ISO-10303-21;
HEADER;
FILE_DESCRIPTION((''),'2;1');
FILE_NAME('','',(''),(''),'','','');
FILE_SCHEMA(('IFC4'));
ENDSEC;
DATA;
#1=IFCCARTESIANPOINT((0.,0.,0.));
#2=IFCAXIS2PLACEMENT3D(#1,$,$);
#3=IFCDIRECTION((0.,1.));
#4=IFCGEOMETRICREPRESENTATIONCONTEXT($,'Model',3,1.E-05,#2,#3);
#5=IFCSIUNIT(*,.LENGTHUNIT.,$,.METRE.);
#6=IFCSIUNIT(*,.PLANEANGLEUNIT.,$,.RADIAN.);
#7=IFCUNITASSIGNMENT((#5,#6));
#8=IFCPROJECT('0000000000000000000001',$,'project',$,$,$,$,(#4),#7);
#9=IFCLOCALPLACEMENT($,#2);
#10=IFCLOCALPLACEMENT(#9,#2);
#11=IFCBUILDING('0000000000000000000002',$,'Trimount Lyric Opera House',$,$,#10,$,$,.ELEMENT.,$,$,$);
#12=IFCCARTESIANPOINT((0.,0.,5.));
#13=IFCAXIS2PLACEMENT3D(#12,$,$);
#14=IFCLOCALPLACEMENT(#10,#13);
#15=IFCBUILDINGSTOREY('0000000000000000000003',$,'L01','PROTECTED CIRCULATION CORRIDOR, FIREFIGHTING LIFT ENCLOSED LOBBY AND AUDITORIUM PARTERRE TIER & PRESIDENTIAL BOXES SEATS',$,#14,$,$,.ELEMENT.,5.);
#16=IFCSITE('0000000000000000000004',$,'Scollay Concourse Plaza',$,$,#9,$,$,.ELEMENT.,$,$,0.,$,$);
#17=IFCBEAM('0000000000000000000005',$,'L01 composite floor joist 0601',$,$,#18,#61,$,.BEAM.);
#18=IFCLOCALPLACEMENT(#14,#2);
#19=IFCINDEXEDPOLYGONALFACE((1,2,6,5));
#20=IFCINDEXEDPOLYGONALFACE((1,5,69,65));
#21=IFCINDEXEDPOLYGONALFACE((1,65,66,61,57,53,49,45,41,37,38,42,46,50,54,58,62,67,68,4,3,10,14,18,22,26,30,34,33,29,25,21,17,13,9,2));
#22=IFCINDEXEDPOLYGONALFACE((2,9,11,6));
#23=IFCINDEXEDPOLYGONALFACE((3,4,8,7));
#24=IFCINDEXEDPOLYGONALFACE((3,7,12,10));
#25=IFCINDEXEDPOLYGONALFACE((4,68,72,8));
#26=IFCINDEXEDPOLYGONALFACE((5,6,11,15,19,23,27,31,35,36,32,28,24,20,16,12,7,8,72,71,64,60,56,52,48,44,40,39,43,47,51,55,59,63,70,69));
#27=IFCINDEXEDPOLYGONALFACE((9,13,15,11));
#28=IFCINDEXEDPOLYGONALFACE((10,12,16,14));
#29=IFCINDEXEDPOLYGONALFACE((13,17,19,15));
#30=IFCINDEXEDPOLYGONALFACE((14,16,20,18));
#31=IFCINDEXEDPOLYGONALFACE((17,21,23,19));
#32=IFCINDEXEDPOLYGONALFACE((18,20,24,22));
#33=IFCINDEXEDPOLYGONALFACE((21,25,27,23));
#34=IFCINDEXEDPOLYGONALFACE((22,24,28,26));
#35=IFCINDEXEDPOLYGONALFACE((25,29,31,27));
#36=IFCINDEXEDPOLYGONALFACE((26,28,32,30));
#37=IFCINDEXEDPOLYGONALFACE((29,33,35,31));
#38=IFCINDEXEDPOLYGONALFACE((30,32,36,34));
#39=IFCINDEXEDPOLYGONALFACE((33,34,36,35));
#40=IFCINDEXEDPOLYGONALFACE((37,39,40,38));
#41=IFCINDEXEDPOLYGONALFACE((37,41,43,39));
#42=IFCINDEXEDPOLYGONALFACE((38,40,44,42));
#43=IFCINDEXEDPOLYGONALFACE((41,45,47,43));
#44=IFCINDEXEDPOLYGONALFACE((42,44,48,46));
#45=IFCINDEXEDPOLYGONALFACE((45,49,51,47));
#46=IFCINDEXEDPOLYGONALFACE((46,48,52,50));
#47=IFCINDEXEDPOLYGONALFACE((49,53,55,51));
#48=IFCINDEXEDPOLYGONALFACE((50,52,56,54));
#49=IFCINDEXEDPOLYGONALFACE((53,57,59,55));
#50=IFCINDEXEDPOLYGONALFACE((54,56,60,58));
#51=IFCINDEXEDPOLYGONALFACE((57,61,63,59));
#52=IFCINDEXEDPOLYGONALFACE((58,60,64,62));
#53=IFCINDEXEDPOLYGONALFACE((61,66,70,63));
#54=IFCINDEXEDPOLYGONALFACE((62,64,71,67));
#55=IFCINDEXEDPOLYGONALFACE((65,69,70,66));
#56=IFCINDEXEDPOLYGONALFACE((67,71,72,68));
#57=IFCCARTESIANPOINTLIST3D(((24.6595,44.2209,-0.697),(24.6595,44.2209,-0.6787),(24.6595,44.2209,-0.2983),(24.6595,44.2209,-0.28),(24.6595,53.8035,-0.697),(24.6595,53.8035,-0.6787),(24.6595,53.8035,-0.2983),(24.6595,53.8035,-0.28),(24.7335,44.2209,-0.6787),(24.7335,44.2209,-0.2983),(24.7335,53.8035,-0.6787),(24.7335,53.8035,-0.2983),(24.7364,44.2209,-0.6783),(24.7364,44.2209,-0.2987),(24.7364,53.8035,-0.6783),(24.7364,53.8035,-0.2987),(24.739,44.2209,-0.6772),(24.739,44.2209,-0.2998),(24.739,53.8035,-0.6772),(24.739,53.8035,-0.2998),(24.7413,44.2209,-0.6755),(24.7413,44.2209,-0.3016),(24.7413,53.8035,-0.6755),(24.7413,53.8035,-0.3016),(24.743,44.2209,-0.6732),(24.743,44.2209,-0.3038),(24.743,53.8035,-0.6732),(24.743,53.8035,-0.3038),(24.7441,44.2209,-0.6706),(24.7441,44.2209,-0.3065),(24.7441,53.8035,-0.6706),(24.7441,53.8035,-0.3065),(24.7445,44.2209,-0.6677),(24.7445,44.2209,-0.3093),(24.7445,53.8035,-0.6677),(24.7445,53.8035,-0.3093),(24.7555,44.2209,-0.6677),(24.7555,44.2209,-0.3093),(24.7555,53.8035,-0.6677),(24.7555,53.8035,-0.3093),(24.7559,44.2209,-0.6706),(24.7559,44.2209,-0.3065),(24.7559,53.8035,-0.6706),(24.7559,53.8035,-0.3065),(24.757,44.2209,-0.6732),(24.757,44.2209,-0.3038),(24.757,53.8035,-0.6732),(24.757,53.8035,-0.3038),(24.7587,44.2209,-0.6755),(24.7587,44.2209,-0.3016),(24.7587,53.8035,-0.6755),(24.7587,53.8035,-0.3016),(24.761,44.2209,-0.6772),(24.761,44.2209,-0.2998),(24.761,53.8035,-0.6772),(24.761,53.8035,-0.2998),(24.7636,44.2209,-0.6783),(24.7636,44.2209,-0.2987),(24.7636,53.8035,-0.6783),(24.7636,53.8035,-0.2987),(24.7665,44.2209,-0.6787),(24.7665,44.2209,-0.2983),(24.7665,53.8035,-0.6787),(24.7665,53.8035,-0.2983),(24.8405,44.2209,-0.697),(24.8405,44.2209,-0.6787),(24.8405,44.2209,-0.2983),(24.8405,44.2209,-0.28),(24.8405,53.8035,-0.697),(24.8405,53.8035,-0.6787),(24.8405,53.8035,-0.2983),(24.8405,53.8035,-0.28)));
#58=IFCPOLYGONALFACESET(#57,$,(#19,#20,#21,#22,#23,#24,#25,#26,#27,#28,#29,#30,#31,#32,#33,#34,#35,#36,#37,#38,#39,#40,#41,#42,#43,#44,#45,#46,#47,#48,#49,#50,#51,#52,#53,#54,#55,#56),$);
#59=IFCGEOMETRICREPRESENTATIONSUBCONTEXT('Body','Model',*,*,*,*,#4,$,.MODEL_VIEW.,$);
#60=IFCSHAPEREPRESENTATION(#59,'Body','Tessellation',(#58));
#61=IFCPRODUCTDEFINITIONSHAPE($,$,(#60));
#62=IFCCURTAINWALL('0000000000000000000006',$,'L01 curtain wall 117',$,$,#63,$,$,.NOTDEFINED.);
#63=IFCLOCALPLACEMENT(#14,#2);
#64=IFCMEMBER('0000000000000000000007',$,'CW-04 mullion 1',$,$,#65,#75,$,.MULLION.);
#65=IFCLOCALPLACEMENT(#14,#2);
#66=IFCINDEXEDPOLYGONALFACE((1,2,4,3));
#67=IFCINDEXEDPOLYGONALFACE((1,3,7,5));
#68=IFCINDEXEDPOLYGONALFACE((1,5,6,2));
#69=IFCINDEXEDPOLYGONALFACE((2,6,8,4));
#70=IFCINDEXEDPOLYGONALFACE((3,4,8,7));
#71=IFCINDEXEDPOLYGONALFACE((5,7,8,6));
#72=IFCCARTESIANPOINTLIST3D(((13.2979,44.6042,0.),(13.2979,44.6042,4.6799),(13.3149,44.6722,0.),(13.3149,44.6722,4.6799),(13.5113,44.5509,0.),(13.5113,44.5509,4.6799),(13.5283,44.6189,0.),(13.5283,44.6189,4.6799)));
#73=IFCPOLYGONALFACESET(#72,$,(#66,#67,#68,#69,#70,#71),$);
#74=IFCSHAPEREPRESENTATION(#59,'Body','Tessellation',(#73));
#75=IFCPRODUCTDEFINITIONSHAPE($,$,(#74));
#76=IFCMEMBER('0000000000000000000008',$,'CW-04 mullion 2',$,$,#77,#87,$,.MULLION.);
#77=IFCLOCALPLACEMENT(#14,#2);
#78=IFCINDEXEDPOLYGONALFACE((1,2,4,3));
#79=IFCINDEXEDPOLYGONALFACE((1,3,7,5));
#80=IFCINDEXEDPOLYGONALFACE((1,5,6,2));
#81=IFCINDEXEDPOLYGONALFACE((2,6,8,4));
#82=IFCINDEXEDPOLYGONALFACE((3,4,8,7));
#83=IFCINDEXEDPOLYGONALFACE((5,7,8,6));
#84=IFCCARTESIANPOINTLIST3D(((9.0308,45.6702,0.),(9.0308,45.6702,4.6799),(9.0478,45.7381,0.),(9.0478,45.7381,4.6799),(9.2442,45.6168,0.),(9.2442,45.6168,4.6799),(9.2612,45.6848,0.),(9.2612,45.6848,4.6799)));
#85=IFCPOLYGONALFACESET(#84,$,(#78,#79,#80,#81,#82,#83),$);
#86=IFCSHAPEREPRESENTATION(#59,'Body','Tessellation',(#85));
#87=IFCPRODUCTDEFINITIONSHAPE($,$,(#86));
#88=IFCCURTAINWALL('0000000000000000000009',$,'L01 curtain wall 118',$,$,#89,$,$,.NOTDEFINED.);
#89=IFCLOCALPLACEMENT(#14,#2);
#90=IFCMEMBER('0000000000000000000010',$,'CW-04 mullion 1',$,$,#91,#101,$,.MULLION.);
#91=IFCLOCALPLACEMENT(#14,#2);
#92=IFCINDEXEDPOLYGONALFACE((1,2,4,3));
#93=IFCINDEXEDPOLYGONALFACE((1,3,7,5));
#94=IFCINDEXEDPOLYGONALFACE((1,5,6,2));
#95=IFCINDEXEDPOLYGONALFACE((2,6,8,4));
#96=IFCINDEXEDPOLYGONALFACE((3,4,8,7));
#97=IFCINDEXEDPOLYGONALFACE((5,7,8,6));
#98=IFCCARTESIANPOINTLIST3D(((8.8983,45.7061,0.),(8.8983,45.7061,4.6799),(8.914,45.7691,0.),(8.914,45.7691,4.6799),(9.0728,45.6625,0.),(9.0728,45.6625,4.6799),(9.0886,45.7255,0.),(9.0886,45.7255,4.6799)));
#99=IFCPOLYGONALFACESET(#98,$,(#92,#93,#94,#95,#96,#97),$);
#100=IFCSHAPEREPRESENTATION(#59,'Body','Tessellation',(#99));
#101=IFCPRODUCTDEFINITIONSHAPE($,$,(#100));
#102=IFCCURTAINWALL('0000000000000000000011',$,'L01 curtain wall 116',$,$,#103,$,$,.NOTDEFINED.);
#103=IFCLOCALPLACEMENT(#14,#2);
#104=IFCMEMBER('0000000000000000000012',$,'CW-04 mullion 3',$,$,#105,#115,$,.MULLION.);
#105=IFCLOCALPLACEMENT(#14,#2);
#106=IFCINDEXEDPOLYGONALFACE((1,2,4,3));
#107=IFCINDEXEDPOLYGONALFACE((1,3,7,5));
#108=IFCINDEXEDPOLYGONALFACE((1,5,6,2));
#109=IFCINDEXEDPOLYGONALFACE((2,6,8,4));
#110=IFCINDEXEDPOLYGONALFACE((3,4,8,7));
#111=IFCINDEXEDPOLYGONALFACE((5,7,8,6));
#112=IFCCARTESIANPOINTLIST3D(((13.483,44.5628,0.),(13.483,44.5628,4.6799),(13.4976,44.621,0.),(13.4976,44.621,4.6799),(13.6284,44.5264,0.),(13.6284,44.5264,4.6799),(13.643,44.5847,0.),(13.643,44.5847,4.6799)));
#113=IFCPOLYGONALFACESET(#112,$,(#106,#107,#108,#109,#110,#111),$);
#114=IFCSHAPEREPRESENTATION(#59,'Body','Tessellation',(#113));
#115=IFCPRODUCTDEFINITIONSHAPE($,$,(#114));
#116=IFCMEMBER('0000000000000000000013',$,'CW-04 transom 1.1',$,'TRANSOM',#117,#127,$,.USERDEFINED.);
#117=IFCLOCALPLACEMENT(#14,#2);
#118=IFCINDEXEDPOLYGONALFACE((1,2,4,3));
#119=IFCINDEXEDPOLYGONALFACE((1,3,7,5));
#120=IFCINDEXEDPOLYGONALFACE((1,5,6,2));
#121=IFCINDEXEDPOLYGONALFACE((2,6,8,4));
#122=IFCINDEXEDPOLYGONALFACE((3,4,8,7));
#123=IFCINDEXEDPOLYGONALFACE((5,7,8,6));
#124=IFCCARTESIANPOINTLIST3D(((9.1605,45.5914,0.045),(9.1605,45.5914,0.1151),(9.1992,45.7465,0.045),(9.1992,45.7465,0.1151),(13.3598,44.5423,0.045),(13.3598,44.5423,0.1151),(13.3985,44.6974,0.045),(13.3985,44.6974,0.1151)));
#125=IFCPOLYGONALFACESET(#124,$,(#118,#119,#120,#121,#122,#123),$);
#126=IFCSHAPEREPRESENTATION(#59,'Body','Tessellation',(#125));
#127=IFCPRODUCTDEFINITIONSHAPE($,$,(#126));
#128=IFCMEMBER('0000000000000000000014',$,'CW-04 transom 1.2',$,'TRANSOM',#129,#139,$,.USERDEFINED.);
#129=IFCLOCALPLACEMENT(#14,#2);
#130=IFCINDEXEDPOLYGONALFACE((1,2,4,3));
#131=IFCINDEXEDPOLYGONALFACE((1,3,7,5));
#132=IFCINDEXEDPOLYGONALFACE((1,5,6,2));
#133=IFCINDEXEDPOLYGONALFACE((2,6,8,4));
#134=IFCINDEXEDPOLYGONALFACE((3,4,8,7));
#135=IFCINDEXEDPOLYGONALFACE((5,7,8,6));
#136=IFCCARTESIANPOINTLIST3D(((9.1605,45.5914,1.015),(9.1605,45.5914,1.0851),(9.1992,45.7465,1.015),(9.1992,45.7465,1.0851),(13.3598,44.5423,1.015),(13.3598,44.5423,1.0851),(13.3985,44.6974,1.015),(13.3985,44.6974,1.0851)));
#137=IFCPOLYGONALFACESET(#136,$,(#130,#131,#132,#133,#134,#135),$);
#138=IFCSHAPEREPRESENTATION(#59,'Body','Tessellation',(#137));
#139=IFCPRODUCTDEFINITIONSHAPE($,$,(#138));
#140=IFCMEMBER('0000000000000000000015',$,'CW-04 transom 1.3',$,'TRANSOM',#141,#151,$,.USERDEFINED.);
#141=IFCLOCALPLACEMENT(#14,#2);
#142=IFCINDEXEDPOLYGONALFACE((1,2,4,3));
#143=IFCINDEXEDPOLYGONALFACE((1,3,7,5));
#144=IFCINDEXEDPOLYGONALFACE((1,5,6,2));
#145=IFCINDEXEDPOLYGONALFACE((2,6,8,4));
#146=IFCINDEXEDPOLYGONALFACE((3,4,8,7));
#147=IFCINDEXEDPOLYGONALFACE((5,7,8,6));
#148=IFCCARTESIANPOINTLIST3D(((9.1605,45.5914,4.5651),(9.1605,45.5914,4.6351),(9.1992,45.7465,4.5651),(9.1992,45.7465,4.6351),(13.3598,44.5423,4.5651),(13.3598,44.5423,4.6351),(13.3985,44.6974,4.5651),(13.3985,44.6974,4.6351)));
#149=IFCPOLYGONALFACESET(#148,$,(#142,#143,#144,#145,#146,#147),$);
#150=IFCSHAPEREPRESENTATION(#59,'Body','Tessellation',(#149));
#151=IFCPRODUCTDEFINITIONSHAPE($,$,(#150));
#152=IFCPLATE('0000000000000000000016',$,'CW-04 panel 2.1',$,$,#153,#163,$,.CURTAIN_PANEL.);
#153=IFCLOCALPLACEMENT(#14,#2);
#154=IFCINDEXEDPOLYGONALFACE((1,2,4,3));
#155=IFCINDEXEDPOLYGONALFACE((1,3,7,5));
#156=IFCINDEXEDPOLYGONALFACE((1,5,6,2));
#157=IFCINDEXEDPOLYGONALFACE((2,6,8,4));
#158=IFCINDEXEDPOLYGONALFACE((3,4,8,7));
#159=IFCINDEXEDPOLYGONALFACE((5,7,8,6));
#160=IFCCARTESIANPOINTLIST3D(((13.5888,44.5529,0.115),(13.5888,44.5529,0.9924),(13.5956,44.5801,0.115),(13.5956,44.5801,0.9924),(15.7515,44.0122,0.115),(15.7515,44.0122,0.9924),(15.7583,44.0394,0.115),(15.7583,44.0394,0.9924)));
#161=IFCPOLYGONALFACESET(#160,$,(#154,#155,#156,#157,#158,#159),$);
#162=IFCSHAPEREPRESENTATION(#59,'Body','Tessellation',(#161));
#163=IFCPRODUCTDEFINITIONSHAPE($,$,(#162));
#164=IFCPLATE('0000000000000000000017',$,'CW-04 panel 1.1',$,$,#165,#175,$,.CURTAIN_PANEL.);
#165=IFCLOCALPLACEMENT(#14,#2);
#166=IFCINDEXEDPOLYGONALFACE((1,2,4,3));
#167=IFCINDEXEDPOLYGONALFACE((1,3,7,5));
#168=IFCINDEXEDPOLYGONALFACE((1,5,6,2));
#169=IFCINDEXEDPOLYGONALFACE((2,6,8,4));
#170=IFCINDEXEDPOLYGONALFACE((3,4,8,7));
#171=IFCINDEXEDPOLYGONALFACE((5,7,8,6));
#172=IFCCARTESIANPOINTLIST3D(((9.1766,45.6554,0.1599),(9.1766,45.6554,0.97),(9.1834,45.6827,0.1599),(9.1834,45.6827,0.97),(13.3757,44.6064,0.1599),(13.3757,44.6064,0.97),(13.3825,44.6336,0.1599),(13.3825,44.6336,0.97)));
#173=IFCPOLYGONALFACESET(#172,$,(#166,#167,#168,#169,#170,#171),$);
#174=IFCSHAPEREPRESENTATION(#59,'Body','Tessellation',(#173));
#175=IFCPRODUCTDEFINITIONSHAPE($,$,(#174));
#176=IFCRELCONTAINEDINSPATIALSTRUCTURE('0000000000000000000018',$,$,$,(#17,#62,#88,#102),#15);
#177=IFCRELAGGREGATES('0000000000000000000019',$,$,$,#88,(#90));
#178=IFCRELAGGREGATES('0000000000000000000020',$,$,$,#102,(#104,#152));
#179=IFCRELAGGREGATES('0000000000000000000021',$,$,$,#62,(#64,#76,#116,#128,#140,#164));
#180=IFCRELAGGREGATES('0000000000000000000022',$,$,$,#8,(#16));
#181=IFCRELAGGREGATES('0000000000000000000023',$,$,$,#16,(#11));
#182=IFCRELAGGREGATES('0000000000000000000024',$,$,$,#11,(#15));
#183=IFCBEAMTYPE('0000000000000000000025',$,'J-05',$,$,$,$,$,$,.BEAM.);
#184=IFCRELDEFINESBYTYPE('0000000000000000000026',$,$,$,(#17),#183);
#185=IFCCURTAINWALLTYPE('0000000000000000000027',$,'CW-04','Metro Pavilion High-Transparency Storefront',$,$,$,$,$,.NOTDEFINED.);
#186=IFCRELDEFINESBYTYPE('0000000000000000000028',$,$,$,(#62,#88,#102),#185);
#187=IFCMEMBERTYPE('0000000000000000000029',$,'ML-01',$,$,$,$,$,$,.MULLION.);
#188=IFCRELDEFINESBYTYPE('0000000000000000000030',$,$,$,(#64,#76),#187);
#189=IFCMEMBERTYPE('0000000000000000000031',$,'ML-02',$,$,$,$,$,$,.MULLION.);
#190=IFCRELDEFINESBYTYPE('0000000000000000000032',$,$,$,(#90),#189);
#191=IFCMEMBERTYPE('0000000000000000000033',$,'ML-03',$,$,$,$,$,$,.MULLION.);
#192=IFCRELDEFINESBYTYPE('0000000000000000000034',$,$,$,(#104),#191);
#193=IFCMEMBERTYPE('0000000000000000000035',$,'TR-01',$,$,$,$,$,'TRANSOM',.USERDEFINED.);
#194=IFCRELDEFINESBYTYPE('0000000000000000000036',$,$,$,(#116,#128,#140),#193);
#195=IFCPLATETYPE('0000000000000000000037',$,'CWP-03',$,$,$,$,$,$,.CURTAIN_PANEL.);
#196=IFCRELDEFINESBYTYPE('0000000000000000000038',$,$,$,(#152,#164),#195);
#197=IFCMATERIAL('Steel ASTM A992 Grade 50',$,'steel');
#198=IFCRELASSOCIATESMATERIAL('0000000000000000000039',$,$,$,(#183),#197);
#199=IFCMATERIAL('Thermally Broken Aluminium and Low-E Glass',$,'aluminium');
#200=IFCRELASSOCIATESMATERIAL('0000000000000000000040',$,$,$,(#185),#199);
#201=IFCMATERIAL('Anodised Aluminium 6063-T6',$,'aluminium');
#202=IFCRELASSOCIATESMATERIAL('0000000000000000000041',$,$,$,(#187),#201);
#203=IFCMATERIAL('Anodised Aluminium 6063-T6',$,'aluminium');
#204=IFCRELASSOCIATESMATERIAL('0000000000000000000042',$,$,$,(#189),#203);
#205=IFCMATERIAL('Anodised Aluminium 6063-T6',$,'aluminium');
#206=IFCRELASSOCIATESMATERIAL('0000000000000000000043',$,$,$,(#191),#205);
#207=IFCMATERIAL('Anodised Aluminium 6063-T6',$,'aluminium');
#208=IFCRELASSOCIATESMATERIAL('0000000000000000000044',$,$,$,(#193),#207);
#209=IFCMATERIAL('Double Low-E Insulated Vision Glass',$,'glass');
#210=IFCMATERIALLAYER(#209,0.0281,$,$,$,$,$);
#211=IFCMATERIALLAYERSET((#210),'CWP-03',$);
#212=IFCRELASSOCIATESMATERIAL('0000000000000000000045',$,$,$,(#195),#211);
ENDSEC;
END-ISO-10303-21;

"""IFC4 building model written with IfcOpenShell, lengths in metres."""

from ifc_helpers import new_model, si_unit, direction, frame, origin, origin_2d, place, context, subcontext, project, spatial, rectangle, i_section, extrude, material, layer, layer_set, material_profile, profile_set, type_object, element, aggregate, save


model = new_model("IFC4")

# Units and contexts
model_context = context("Model", 3, precision=1e-05, world=origin(), true_north=direction((0.0, 1.0)))
body_context = subcontext(model_context, "Body", "Model", "MODEL_VIEW")
ifc_project = project(units=[si_unit("LENGTHUNIT", "METRE"), si_unit("PLANEANGLEUNIT", "RADIAN")], contexts=[model_context])

# Site, building, storey
site_placement = place(None, origin())
site = spatial("IfcSite", under=ifc_project, at=site_placement, Name="Scollay Concourse Plaza", CompositionType="ELEMENT", RefElevation=0.0)
building_placement = place(site_placement, origin())
building = spatial("IfcBuilding", under=site, at=building_placement, Name="Trimount Lyric Opera House", CompositionType="ELEMENT")
storey_placement = place(building_placement, frame((0.0, 0.0, 5.0)))
storey = spatial("IfcBuildingStorey", under=building, at=storey_placement, Name="L01", Description="PROTECTED CIRCULATION CORRIDOR, FIREFIGHTING LIFT ENCLOSED LOBBY AND AUDITORIUM PARTERRE TIER & PRESIDENTIAL BOXES SEATS", CompositionType="ELEMENT", Elevation=5.0)

# Beam
ifc_material_1 = material(Name="Steel ASTM A992 Grade 50", Category="steel")
ifc_material_profile_1 = material_profile(ifc_material_1, i_section(OverallWidth=0.1809, OverallDepth=0.417, WebThickness=0.011, FlangeThickness=0.0183, FilletRadius=0.011, at=origin_2d()), Name="W16X57")
ifc_profile_set_1 = profile_set([ifc_material_profile_1], Name="Steel ASTM A992 Grade 50")
beam_type_1 = type_object("IfcBeamType", Name="J-05", PredefinedType="BEAM", material=ifc_profile_set_1)
beam_1_placement = place(storey_placement, frame((24.75, 44.2209, -0.4885), z_axis=(0.0, 1.0, 0.0), x_axis=(-1.0, 0.0, 0.0)))
element("IfcBeam", 1, at=beam_1_placement, inside=storey, type_object=beam_type_1, Name="L01 composite floor joist 0601", PredefinedType="BEAM", context=body_context, shape_type="SweptSolid", body=[
    extrude(i_section(OverallWidth=0.1809, OverallDepth=0.417, WebThickness=0.011, FlangeThickness=0.0183, FilletRadius=0.011, at=origin_2d()), origin(), (0.0, 0.0, 1.0), 9.5825),
])

# Curtain wall, members
ifc_material_2 = material(Name="Thermally Broken Aluminium and Low-E Glass", Category="aluminium")
curtain_wall_type = type_object("IfcCurtainWallType", Name="CW-04", Description="Metro Pavilion High-Transparency Storefront", PredefinedType="NOTDEFINED", material=ifc_material_2)
curtain_wall_1_placement = place(storey_placement, origin())
curtain_wall_1 = element("IfcCurtainWall", 2, at=curtain_wall_1_placement, inside=storey, type_object=curtain_wall_type, Name="L01 curtain wall 117", PredefinedType="NOTDEFINED")
ifc_material_3 = material(Name="Anodised Aluminium 6063-T6", Category="aluminium")
ifc_material_profile_2 = material_profile(ifc_material_3, rectangle(XDim=0.0701, YDim=0.22, at=origin_2d()), Name="ALU-MULL-70X220")
ifc_profile_set_2 = profile_set([ifc_material_profile_2], Name="Anodised Aluminium 6063-T6")
member_type_1 = type_object("IfcMemberType", Name="ML-01", PredefinedType="MULLION", material=ifc_profile_set_2)
member_1_placement = place(storey_placement, frame((13.4131, 44.6116, 0.0), z_axis=(0.0, 0.0, 1.0), x_axis=(-0.242378, -0.970182, 0.0)))
member_1 = element("IfcMember", 3, at=member_1_placement, type_object=member_type_1, Name="CW-04 mullion 1", PredefinedType="MULLION", context=body_context, shape_type="SweptSolid", body=[
    extrude(rectangle(XDim=0.0701, YDim=0.22, at=origin_2d()), origin(), (0.0, 0.0, 1.0), 4.6799),
])
member_2_placement = place(storey_placement, frame((9.146, 45.6775, 0.0), z_axis=(0.0, 0.0, 1.0), x_axis=(-0.242378, -0.970182, 0.0)))
member_2 = element("IfcMember", 4, at=member_2_placement, type_object=member_type_1, Name="CW-04 mullion 2", PredefinedType="MULLION", context=body_context, shape_type="SweptSolid", body=[
    extrude(rectangle(XDim=0.0701, YDim=0.22, at=origin_2d()), origin(), (0.0, 0.0, 1.0), 4.6799),
])

# Curtain walls, members
curtain_wall_2_placement = place(storey_placement, origin())
curtain_wall_2 = element("IfcCurtainWall", 5, at=curtain_wall_2_placement, inside=storey, type_object=curtain_wall_type, Name="L01 curtain wall 118", PredefinedType="NOTDEFINED")
ifc_material_4 = material(Name="Anodised Aluminium 6063-T6", Category="aluminium")
ifc_material_profile_3 = material_profile(ifc_material_4, rectangle(XDim=0.0649, YDim=0.1799, at=origin_2d()), Name="ALU-MULL-65X180")
ifc_profile_set_3 = profile_set([ifc_material_profile_3], Name="Anodised Aluminium 6063-T6")
member_type_2 = type_object("IfcMemberType", Name="ML-02", PredefinedType="MULLION", material=ifc_profile_set_3)
member_3_placement = place(storey_placement, frame((8.9934, 45.7158, 0.0), z_axis=(0.0, 0.0, 1.0), x_axis=(-0.242586, -0.97013, 0.0)))
member_3 = element("IfcMember", 6, at=member_3_placement, type_object=member_type_2, Name="CW-04 mullion 1", PredefinedType="MULLION", context=body_context, shape_type="SweptSolid", body=[
    extrude(rectangle(XDim=0.0649, YDim=0.1799, at=origin_2d()), origin(), (0.0, 0.0, 1.0), 4.6799),
])
aggregate(curtain_wall_2, [member_3])
curtain_wall_3_placement = place(storey_placement, origin())
curtain_wall_3 = element("IfcCurtainWall", 7, at=curtain_wall_3_placement, inside=storey, type_object=curtain_wall_type, Name="L01 curtain wall 116", PredefinedType="NOTDEFINED")
ifc_material_5 = material(Name="Anodised Aluminium 6063-T6", Category="aluminium")
ifc_material_profile_4 = material_profile(ifc_material_5, rectangle(XDim=0.0601, YDim=0.1499, at=origin_2d()), Name="ALU-MULL-60X150")
ifc_profile_set_4 = profile_set([ifc_material_profile_4], Name="Anodised Aluminium 6063-T6")
member_type_3 = type_object("IfcMemberType", Name="ML-03", PredefinedType="MULLION", material=ifc_profile_set_4)
member_4_placement = place(storey_placement, frame((13.563, 44.5737, 0.0), z_axis=(0.0, 0.0, 1.0), x_axis=(-0.242536, -0.970143, 0.0)))
member_4 = element("IfcMember", 8, at=member_4_placement, type_object=member_type_3, Name="CW-04 mullion 3", PredefinedType="MULLION", context=body_context, shape_type="SweptSolid", body=[
    extrude(rectangle(XDim=0.0601, YDim=0.1499, at=origin_2d()), origin(), (0.0, 0.0, 1.0), 4.6799),
])

# Members
ifc_material_6 = material(Name="Anodised Aluminium 6063-T6", Category="aluminium")
ifc_material_profile_5 = material_profile(ifc_material_6, rectangle(XDim=0.1599, YDim=0.0701, at=origin_2d()), Name="ALU-TRAN-70X160")
ifc_profile_set_5 = profile_set([ifc_material_profile_5], Name="Anodised Aluminium 6063-T6")
member_type_4 = type_object("IfcMemberType", Name="TR-01", ElementType="TRANSOM", PredefinedType="USERDEFINED", material=ifc_profile_set_5)
member_5_placement = place(storey_placement, frame((13.3792, 44.6199, 0.0801), z_axis=(-0.970182, 0.242376, 0.0), x_axis=(-0.242376, -0.970182, 0.0)))
member_5 = element("IfcMember", 9, at=member_5_placement, type_object=member_type_4, Name="CW-04 transom 1.1", ObjectType="TRANSOM", PredefinedType="USERDEFINED", context=body_context, shape_type="SweptSolid", body=[
    extrude(rectangle(XDim=0.1599, YDim=0.0701, at=origin_2d()), origin(), (0.0, 0.0, 1.0), 4.3284),
])
member_6_placement = place(storey_placement, frame((13.3792, 44.6199, 1.05), z_axis=(-0.970182, 0.242376, 0.0), x_axis=(-0.242376, -0.970182, 0.0)))
member_6 = element("IfcMember", 10, at=member_6_placement, type_object=member_type_4, Name="CW-04 transom 1.2", ObjectType="TRANSOM", PredefinedType="USERDEFINED", context=body_context, shape_type="SweptSolid", body=[
    extrude(rectangle(XDim=0.1599, YDim=0.0701, at=origin_2d()), origin(), (0.0, 0.0, 1.0), 4.3284),
])
member_7_placement = place(storey_placement, frame((13.3792, 44.6199, 4.6001), z_axis=(-0.970182, 0.242376, 0.0), x_axis=(-0.242376, -0.970182, 0.0)))
member_7 = element("IfcMember", 11, at=member_7_placement, type_object=member_type_4, Name="CW-04 transom 1.3", ObjectType="TRANSOM", PredefinedType="USERDEFINED", context=body_context, shape_type="SweptSolid", body=[
    extrude(rectangle(XDim=0.1599, YDim=0.0701, at=origin_2d()), origin(), (0.0, 0.0, 1.0), 4.3284),
])

# Plates
ifc_material_7 = material(Name="Double Low-E Insulated Vision Glass", Category="glass")
ifc_layer_1 = layer(ifc_material_7, 0.0281)
ifc_layer_set_1 = layer_set([ifc_layer_1], Name="CWP-03")
plate_type_1 = type_object("IfcPlateType", Name="CWP-03", PredefinedType="CURTAIN_PANEL", material=ifc_layer_set_1)
plate_1_placement = place(storey_placement, frame((14.6736, 44.2961, 0.115), z_axis=(0.0, 0.0, 1.0), x_axis=(-0.970143, 0.242536, 0.0)))
plate_1 = element("IfcPlate", 12, at=plate_1_placement, type_object=plate_type_1, Name="CW-04 panel 2.1", PredefinedType="CURTAIN_PANEL", context=body_context, shape_type="SweptSolid", body=[
    extrude(rectangle(XDim=2.2292, YDim=0.0281, at=origin_2d()), origin(), (0.0, 0.0, 1.0), 0.8774),
])
plate_2_placement = place(storey_placement, frame((11.2795, 45.1445, 0.1599), z_axis=(0.0, 0.0, 1.0), x_axis=(-0.970182, 0.242378, 0.0)))
plate_2 = element("IfcPlate", 13, at=plate_2_placement, type_object=plate_type_1, Name="CW-04 panel 1.1", PredefinedType="CURTAIN_PANEL", context=body_context, shape_type="SweptSolid", body=[
    extrude(rectangle(XDim=4.3281, YDim=0.0281, at=origin_2d()), origin(), (0.0, 0.0, 1.0), 0.8101),
])
aggregate(curtain_wall_3, [member_4, plate_1])
aggregate(curtain_wall_1, [member_1, member_2, member_5, member_6, member_7, plate_2])

save(model, "model.ifc")
